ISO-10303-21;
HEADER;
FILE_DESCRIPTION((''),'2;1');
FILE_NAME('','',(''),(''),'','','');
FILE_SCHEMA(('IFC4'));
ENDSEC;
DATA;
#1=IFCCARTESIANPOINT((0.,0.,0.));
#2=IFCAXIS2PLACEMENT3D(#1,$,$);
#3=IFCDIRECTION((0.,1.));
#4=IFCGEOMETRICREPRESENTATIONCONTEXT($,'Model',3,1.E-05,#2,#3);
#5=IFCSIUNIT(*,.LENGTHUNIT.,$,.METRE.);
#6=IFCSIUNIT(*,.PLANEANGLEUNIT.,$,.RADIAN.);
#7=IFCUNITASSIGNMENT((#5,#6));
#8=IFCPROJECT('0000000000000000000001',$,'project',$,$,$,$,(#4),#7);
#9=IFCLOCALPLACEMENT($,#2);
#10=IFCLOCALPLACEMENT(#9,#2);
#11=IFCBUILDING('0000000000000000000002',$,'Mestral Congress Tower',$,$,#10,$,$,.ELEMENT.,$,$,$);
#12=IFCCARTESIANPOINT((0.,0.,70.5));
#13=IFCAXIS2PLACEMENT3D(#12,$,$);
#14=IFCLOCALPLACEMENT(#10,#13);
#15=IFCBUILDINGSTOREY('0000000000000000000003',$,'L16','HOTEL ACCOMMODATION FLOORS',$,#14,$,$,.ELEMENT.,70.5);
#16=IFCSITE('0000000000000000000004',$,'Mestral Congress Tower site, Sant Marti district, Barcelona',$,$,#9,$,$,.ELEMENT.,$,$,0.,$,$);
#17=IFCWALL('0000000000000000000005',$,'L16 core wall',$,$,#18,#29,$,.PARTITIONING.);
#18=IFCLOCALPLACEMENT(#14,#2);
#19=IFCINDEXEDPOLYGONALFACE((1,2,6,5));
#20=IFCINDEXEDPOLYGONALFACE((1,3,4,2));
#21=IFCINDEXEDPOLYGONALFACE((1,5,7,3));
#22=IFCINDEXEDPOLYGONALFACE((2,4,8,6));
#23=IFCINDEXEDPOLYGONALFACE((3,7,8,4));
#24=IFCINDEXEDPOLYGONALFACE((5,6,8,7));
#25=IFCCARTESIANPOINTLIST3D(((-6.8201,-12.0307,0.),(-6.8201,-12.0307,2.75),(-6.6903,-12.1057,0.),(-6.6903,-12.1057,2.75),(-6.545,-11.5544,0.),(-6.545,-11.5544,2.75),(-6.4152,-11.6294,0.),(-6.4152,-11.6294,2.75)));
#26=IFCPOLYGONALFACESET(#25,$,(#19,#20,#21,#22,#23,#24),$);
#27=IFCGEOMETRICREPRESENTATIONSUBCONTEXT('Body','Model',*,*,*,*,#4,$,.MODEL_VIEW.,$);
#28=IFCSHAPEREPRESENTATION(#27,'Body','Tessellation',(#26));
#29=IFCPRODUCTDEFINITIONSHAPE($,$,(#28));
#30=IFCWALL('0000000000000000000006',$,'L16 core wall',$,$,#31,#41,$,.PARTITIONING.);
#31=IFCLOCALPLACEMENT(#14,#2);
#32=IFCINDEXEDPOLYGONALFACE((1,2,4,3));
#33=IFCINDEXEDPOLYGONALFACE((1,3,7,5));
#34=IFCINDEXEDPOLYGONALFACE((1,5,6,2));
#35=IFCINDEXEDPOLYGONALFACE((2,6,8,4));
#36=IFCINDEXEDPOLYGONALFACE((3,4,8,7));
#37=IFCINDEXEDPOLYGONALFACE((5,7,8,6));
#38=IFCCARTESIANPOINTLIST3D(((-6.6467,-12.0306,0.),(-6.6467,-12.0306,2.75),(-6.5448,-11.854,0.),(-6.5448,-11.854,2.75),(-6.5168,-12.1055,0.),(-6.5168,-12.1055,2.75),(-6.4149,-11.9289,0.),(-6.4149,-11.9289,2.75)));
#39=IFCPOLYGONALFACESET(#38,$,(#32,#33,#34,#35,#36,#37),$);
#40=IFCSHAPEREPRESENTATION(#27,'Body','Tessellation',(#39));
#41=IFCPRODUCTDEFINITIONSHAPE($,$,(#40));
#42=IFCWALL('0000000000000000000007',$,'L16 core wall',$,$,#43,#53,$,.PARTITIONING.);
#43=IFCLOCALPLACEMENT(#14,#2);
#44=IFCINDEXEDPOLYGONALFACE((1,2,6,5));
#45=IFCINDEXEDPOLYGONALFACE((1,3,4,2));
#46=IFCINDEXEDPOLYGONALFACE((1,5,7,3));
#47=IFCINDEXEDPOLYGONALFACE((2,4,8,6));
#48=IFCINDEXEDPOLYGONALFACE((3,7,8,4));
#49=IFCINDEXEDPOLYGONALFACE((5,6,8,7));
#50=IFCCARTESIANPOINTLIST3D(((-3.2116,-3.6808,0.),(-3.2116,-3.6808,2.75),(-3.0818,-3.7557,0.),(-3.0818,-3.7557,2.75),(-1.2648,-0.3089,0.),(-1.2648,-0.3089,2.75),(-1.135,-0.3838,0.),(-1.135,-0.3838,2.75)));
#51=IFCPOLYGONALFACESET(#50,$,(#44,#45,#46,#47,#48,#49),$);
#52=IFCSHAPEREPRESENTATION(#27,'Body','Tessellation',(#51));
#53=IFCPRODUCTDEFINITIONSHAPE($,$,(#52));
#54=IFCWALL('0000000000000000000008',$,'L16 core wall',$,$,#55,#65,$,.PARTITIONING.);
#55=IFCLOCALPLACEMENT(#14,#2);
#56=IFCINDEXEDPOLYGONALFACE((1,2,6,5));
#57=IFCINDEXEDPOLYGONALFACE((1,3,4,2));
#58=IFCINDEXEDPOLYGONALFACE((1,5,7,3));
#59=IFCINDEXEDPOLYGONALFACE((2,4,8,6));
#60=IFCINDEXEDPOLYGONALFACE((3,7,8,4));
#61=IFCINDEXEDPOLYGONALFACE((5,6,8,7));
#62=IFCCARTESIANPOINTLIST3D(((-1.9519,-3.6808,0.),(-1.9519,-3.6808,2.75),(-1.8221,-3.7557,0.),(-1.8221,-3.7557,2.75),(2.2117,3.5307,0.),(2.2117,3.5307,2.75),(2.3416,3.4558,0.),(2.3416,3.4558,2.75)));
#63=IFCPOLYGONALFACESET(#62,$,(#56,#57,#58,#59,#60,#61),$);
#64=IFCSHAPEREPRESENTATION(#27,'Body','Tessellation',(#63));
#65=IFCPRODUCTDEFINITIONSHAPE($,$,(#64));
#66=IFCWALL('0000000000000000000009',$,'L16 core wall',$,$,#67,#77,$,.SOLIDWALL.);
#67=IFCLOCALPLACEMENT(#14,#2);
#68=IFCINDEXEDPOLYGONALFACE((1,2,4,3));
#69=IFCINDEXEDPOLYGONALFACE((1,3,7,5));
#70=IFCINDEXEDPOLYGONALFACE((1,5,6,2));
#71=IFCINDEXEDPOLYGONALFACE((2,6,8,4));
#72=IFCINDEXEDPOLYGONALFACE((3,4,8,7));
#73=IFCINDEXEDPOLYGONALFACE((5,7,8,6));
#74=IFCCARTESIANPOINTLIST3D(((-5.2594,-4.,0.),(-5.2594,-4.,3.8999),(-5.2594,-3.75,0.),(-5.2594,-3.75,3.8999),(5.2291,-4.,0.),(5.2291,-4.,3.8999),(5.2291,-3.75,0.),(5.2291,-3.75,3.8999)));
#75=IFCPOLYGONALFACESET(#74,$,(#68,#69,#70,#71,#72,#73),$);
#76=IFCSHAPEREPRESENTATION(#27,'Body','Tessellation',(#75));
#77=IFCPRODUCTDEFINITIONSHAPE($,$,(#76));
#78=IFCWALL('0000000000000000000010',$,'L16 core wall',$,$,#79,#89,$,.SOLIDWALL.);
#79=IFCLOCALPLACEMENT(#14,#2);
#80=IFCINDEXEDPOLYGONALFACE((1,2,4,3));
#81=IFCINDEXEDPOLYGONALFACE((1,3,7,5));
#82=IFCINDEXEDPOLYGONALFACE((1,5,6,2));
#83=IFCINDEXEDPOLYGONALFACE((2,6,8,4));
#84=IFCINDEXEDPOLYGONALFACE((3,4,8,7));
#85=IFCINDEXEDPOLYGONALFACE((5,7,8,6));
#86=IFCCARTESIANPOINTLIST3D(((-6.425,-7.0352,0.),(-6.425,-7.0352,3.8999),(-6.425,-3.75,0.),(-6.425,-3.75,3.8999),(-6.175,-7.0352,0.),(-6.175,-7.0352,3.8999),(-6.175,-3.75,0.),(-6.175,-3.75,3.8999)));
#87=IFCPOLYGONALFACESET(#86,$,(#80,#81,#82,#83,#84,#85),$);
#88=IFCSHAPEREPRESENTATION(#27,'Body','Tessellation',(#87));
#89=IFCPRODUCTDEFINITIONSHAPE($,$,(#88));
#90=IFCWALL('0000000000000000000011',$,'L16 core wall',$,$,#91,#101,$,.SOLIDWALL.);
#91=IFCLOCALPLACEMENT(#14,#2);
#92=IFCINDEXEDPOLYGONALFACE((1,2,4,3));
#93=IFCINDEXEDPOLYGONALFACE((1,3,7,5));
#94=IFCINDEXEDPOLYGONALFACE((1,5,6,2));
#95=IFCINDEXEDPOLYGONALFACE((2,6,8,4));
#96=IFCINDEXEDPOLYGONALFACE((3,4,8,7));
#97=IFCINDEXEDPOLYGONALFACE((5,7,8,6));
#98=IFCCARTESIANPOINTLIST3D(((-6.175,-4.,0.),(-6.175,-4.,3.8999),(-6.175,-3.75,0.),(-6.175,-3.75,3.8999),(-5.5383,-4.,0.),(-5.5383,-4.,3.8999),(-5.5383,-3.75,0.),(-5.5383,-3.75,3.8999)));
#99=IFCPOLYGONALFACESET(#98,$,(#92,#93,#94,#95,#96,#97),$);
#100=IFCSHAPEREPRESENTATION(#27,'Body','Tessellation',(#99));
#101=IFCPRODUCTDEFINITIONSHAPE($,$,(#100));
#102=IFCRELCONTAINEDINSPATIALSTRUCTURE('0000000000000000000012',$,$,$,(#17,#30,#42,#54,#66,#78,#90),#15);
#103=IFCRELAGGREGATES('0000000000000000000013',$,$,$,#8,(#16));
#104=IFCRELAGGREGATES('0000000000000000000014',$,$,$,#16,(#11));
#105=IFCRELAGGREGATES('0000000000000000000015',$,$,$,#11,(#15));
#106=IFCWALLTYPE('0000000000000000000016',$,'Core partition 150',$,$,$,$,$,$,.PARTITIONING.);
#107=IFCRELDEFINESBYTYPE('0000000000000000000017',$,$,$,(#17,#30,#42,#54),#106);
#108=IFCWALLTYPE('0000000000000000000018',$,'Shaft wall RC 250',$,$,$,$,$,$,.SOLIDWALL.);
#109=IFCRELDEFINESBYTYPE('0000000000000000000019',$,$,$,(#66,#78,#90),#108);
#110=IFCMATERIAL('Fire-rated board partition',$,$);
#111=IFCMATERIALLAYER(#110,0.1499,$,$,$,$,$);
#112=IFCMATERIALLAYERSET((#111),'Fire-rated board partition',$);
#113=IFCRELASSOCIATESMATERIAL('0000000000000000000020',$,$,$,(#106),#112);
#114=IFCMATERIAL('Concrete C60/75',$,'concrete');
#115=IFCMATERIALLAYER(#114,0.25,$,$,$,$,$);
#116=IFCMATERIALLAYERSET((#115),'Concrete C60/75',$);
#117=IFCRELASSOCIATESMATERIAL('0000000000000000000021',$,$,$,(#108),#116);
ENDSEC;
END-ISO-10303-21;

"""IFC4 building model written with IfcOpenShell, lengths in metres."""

from ifc_helpers import new_model, si_unit, direction, frame, frame_2d, origin, place, context, subcontext, project, spatial, rectangle, extrude, material, layer, layer_set, type_object, element, save


model = new_model("IFC4")

# Units and contexts
model_context = context("Model", 3, precision=1e-05, world=origin(), true_north=direction((0.0, 1.0)))
body_context = subcontext(model_context, "Body", "Model", "MODEL_VIEW")
ifc_project = project(units=[si_unit("LENGTHUNIT", "METRE"), si_unit("PLANEANGLEUNIT", "RADIAN")], contexts=[model_context])

# Site, building, storey
site_placement = place(None, origin())
site = spatial("IfcSite", under=ifc_project, at=site_placement, Name="Mestral Congress Tower site, Sant Marti district, Barcelona", CompositionType="ELEMENT", RefElevation=0.0)
building_placement = place(site_placement, origin())
building = spatial("IfcBuilding", under=site, at=building_placement, Name="Mestral Congress Tower", CompositionType="ELEMENT")
storey_placement = place(building_placement, frame((0.0, 0.0, 70.5)))
storey = spatial("IfcBuildingStorey", under=building, at=storey_placement, Name="L16", Description="HOTEL ACCOMMODATION FLOORS", CompositionType="ELEMENT", Elevation=70.5)

# Walls
ifc_material_1 = material(Name="Fire-rated board partition")
ifc_layer_1 = layer(ifc_material_1, 0.1499)
ifc_layer_set_1 = layer_set([ifc_layer_1], Name="Fire-rated board partition")
wall_type_1 = type_object("IfcWallType", Name="Core partition 150", PredefinedType="PARTITIONING", material=ifc_layer_set_1)
wall_1_placement = place(storey_placement, frame((-6.7551, -12.0681, 0.0), z_axis=(0.0, 0.0, 1.0), x_axis=(0.500196, 0.865912, 0.0)))
element("IfcWall", 1, at=wall_1_placement, inside=storey, type_object=wall_type_1, Name="L16 core wall", PredefinedType="PARTITIONING", context=body_context, shape_type="SweptSolid", body=[
    extrude(rectangle(XDim=0.55, YDim=0.1499, at=frame_2d((0.2749, 0.0))), origin(), (0.0, 0.0, 1.0), 2.75),
])
wall_2_placement = place(storey_placement, frame((-6.5818, -12.0681, 0.0), z_axis=(0.0, 0.0, 1.0), x_axis=(0.499619, 0.866245, 0.0)))
element("IfcWall", 2, at=wall_2_placement, inside=storey, type_object=wall_type_1, Name="L16 core wall", PredefinedType="PARTITIONING", context=body_context, shape_type="SweptSolid", body=[
    extrude(rectangle(XDim=0.2039, YDim=0.1499, at=frame_2d((0.1021, 0.0))), origin(), (0.0, 0.0, 1.0), 2.75),
])
wall_3_placement = place(storey_placement, frame((-3.1467, -3.7183, 0.0), z_axis=(0.0, 0.0, 1.0), x_axis=(0.50001, 0.86602, 0.0)))
element("IfcWall", 3, at=wall_3_placement, inside=storey, type_object=wall_type_1, Name="L16 core wall", PredefinedType="PARTITIONING", context=body_context, shape_type="SweptSolid", body=[
    extrude(rectangle(XDim=3.8936, YDim=0.1499, at=frame_2d((1.9468, 0.0))), origin(), (0.0, 0.0, 1.0), 2.75),
])
wall_4_placement = place(storey_placement, frame((-1.887, -3.7183, 0.0), z_axis=(0.0, 0.0, 1.0), x_axis=(0.500005, 0.866023, 0.0)))
element("IfcWall", 4, at=wall_4_placement, inside=storey, type_object=wall_type_1, Name="L16 core wall", PredefinedType="PARTITIONING", context=body_context, shape_type="SweptSolid", body=[
    extrude(rectangle(XDim=8.3271, YDim=0.1499, at=frame_2d((4.1636, 0.0))), origin(), (0.0, 0.0, 1.0), 2.75),
])
ifc_material_2 = material(Name="Concrete C60/75", Category="concrete")
ifc_layer_2 = layer(ifc_material_2, 0.25)
ifc_layer_set_2 = layer_set([ifc_layer_2], Name="Concrete C60/75")
wall_type_2 = type_object("IfcWallType", Name="Shaft wall RC 250", PredefinedType="SOLIDWALL", material=ifc_layer_set_2)
wall_5_placement = place(storey_placement, frame((-5.2593, -3.875, 0.0), z_axis=(0.0, 0.0, 1.0), x_axis=(1.0, 0.0, 0.0)))
element("IfcWall", 5, at=wall_5_placement, inside=storey, type_object=wall_type_2, Name="L16 core wall", PredefinedType="SOLIDWALL", context=body_context, shape_type="SweptSolid", body=[
    extrude(rectangle(XDim=10.4885, YDim=0.25, at=frame_2d((5.2441, 0.0))), origin(), (0.0, 0.0, 1.0), 3.8999),
])
wall_6_placement = place(storey_placement, frame((-6.3, -7.0352, 0.0), z_axis=(0.0, 0.0, 1.0), x_axis=(0.0, 1.0, 0.0)))
element("IfcWall", 6, at=wall_6_placement, inside=storey, type_object=wall_type_2, Name="L16 core wall", PredefinedType="SOLIDWALL", context=body_context, shape_type="SweptSolid", body=[
    extrude(rectangle(XDim=3.2852, YDim=0.25, at=frame_2d((1.6426, 0.0))), origin(), (0.0, 0.0, 1.0), 3.8999),
])
wall_7_placement = place(storey_placement, frame((-6.175, -3.875, 0.0), z_axis=(0.0, 0.0, 1.0), x_axis=(1.0, 0.0, 0.0)))
element("IfcWall", 7, at=wall_7_placement, inside=storey, type_object=wall_type_2, Name="L16 core wall", PredefinedType="SOLIDWALL", context=body_context, shape_type="SweptSolid", body=[
    extrude(rectangle(XDim=0.6367, YDim=0.25, at=frame_2d((0.3184, 0.0))), origin(), (0.0, 0.0, 1.0), 3.8999),
])

save(model, "model.ifc")
